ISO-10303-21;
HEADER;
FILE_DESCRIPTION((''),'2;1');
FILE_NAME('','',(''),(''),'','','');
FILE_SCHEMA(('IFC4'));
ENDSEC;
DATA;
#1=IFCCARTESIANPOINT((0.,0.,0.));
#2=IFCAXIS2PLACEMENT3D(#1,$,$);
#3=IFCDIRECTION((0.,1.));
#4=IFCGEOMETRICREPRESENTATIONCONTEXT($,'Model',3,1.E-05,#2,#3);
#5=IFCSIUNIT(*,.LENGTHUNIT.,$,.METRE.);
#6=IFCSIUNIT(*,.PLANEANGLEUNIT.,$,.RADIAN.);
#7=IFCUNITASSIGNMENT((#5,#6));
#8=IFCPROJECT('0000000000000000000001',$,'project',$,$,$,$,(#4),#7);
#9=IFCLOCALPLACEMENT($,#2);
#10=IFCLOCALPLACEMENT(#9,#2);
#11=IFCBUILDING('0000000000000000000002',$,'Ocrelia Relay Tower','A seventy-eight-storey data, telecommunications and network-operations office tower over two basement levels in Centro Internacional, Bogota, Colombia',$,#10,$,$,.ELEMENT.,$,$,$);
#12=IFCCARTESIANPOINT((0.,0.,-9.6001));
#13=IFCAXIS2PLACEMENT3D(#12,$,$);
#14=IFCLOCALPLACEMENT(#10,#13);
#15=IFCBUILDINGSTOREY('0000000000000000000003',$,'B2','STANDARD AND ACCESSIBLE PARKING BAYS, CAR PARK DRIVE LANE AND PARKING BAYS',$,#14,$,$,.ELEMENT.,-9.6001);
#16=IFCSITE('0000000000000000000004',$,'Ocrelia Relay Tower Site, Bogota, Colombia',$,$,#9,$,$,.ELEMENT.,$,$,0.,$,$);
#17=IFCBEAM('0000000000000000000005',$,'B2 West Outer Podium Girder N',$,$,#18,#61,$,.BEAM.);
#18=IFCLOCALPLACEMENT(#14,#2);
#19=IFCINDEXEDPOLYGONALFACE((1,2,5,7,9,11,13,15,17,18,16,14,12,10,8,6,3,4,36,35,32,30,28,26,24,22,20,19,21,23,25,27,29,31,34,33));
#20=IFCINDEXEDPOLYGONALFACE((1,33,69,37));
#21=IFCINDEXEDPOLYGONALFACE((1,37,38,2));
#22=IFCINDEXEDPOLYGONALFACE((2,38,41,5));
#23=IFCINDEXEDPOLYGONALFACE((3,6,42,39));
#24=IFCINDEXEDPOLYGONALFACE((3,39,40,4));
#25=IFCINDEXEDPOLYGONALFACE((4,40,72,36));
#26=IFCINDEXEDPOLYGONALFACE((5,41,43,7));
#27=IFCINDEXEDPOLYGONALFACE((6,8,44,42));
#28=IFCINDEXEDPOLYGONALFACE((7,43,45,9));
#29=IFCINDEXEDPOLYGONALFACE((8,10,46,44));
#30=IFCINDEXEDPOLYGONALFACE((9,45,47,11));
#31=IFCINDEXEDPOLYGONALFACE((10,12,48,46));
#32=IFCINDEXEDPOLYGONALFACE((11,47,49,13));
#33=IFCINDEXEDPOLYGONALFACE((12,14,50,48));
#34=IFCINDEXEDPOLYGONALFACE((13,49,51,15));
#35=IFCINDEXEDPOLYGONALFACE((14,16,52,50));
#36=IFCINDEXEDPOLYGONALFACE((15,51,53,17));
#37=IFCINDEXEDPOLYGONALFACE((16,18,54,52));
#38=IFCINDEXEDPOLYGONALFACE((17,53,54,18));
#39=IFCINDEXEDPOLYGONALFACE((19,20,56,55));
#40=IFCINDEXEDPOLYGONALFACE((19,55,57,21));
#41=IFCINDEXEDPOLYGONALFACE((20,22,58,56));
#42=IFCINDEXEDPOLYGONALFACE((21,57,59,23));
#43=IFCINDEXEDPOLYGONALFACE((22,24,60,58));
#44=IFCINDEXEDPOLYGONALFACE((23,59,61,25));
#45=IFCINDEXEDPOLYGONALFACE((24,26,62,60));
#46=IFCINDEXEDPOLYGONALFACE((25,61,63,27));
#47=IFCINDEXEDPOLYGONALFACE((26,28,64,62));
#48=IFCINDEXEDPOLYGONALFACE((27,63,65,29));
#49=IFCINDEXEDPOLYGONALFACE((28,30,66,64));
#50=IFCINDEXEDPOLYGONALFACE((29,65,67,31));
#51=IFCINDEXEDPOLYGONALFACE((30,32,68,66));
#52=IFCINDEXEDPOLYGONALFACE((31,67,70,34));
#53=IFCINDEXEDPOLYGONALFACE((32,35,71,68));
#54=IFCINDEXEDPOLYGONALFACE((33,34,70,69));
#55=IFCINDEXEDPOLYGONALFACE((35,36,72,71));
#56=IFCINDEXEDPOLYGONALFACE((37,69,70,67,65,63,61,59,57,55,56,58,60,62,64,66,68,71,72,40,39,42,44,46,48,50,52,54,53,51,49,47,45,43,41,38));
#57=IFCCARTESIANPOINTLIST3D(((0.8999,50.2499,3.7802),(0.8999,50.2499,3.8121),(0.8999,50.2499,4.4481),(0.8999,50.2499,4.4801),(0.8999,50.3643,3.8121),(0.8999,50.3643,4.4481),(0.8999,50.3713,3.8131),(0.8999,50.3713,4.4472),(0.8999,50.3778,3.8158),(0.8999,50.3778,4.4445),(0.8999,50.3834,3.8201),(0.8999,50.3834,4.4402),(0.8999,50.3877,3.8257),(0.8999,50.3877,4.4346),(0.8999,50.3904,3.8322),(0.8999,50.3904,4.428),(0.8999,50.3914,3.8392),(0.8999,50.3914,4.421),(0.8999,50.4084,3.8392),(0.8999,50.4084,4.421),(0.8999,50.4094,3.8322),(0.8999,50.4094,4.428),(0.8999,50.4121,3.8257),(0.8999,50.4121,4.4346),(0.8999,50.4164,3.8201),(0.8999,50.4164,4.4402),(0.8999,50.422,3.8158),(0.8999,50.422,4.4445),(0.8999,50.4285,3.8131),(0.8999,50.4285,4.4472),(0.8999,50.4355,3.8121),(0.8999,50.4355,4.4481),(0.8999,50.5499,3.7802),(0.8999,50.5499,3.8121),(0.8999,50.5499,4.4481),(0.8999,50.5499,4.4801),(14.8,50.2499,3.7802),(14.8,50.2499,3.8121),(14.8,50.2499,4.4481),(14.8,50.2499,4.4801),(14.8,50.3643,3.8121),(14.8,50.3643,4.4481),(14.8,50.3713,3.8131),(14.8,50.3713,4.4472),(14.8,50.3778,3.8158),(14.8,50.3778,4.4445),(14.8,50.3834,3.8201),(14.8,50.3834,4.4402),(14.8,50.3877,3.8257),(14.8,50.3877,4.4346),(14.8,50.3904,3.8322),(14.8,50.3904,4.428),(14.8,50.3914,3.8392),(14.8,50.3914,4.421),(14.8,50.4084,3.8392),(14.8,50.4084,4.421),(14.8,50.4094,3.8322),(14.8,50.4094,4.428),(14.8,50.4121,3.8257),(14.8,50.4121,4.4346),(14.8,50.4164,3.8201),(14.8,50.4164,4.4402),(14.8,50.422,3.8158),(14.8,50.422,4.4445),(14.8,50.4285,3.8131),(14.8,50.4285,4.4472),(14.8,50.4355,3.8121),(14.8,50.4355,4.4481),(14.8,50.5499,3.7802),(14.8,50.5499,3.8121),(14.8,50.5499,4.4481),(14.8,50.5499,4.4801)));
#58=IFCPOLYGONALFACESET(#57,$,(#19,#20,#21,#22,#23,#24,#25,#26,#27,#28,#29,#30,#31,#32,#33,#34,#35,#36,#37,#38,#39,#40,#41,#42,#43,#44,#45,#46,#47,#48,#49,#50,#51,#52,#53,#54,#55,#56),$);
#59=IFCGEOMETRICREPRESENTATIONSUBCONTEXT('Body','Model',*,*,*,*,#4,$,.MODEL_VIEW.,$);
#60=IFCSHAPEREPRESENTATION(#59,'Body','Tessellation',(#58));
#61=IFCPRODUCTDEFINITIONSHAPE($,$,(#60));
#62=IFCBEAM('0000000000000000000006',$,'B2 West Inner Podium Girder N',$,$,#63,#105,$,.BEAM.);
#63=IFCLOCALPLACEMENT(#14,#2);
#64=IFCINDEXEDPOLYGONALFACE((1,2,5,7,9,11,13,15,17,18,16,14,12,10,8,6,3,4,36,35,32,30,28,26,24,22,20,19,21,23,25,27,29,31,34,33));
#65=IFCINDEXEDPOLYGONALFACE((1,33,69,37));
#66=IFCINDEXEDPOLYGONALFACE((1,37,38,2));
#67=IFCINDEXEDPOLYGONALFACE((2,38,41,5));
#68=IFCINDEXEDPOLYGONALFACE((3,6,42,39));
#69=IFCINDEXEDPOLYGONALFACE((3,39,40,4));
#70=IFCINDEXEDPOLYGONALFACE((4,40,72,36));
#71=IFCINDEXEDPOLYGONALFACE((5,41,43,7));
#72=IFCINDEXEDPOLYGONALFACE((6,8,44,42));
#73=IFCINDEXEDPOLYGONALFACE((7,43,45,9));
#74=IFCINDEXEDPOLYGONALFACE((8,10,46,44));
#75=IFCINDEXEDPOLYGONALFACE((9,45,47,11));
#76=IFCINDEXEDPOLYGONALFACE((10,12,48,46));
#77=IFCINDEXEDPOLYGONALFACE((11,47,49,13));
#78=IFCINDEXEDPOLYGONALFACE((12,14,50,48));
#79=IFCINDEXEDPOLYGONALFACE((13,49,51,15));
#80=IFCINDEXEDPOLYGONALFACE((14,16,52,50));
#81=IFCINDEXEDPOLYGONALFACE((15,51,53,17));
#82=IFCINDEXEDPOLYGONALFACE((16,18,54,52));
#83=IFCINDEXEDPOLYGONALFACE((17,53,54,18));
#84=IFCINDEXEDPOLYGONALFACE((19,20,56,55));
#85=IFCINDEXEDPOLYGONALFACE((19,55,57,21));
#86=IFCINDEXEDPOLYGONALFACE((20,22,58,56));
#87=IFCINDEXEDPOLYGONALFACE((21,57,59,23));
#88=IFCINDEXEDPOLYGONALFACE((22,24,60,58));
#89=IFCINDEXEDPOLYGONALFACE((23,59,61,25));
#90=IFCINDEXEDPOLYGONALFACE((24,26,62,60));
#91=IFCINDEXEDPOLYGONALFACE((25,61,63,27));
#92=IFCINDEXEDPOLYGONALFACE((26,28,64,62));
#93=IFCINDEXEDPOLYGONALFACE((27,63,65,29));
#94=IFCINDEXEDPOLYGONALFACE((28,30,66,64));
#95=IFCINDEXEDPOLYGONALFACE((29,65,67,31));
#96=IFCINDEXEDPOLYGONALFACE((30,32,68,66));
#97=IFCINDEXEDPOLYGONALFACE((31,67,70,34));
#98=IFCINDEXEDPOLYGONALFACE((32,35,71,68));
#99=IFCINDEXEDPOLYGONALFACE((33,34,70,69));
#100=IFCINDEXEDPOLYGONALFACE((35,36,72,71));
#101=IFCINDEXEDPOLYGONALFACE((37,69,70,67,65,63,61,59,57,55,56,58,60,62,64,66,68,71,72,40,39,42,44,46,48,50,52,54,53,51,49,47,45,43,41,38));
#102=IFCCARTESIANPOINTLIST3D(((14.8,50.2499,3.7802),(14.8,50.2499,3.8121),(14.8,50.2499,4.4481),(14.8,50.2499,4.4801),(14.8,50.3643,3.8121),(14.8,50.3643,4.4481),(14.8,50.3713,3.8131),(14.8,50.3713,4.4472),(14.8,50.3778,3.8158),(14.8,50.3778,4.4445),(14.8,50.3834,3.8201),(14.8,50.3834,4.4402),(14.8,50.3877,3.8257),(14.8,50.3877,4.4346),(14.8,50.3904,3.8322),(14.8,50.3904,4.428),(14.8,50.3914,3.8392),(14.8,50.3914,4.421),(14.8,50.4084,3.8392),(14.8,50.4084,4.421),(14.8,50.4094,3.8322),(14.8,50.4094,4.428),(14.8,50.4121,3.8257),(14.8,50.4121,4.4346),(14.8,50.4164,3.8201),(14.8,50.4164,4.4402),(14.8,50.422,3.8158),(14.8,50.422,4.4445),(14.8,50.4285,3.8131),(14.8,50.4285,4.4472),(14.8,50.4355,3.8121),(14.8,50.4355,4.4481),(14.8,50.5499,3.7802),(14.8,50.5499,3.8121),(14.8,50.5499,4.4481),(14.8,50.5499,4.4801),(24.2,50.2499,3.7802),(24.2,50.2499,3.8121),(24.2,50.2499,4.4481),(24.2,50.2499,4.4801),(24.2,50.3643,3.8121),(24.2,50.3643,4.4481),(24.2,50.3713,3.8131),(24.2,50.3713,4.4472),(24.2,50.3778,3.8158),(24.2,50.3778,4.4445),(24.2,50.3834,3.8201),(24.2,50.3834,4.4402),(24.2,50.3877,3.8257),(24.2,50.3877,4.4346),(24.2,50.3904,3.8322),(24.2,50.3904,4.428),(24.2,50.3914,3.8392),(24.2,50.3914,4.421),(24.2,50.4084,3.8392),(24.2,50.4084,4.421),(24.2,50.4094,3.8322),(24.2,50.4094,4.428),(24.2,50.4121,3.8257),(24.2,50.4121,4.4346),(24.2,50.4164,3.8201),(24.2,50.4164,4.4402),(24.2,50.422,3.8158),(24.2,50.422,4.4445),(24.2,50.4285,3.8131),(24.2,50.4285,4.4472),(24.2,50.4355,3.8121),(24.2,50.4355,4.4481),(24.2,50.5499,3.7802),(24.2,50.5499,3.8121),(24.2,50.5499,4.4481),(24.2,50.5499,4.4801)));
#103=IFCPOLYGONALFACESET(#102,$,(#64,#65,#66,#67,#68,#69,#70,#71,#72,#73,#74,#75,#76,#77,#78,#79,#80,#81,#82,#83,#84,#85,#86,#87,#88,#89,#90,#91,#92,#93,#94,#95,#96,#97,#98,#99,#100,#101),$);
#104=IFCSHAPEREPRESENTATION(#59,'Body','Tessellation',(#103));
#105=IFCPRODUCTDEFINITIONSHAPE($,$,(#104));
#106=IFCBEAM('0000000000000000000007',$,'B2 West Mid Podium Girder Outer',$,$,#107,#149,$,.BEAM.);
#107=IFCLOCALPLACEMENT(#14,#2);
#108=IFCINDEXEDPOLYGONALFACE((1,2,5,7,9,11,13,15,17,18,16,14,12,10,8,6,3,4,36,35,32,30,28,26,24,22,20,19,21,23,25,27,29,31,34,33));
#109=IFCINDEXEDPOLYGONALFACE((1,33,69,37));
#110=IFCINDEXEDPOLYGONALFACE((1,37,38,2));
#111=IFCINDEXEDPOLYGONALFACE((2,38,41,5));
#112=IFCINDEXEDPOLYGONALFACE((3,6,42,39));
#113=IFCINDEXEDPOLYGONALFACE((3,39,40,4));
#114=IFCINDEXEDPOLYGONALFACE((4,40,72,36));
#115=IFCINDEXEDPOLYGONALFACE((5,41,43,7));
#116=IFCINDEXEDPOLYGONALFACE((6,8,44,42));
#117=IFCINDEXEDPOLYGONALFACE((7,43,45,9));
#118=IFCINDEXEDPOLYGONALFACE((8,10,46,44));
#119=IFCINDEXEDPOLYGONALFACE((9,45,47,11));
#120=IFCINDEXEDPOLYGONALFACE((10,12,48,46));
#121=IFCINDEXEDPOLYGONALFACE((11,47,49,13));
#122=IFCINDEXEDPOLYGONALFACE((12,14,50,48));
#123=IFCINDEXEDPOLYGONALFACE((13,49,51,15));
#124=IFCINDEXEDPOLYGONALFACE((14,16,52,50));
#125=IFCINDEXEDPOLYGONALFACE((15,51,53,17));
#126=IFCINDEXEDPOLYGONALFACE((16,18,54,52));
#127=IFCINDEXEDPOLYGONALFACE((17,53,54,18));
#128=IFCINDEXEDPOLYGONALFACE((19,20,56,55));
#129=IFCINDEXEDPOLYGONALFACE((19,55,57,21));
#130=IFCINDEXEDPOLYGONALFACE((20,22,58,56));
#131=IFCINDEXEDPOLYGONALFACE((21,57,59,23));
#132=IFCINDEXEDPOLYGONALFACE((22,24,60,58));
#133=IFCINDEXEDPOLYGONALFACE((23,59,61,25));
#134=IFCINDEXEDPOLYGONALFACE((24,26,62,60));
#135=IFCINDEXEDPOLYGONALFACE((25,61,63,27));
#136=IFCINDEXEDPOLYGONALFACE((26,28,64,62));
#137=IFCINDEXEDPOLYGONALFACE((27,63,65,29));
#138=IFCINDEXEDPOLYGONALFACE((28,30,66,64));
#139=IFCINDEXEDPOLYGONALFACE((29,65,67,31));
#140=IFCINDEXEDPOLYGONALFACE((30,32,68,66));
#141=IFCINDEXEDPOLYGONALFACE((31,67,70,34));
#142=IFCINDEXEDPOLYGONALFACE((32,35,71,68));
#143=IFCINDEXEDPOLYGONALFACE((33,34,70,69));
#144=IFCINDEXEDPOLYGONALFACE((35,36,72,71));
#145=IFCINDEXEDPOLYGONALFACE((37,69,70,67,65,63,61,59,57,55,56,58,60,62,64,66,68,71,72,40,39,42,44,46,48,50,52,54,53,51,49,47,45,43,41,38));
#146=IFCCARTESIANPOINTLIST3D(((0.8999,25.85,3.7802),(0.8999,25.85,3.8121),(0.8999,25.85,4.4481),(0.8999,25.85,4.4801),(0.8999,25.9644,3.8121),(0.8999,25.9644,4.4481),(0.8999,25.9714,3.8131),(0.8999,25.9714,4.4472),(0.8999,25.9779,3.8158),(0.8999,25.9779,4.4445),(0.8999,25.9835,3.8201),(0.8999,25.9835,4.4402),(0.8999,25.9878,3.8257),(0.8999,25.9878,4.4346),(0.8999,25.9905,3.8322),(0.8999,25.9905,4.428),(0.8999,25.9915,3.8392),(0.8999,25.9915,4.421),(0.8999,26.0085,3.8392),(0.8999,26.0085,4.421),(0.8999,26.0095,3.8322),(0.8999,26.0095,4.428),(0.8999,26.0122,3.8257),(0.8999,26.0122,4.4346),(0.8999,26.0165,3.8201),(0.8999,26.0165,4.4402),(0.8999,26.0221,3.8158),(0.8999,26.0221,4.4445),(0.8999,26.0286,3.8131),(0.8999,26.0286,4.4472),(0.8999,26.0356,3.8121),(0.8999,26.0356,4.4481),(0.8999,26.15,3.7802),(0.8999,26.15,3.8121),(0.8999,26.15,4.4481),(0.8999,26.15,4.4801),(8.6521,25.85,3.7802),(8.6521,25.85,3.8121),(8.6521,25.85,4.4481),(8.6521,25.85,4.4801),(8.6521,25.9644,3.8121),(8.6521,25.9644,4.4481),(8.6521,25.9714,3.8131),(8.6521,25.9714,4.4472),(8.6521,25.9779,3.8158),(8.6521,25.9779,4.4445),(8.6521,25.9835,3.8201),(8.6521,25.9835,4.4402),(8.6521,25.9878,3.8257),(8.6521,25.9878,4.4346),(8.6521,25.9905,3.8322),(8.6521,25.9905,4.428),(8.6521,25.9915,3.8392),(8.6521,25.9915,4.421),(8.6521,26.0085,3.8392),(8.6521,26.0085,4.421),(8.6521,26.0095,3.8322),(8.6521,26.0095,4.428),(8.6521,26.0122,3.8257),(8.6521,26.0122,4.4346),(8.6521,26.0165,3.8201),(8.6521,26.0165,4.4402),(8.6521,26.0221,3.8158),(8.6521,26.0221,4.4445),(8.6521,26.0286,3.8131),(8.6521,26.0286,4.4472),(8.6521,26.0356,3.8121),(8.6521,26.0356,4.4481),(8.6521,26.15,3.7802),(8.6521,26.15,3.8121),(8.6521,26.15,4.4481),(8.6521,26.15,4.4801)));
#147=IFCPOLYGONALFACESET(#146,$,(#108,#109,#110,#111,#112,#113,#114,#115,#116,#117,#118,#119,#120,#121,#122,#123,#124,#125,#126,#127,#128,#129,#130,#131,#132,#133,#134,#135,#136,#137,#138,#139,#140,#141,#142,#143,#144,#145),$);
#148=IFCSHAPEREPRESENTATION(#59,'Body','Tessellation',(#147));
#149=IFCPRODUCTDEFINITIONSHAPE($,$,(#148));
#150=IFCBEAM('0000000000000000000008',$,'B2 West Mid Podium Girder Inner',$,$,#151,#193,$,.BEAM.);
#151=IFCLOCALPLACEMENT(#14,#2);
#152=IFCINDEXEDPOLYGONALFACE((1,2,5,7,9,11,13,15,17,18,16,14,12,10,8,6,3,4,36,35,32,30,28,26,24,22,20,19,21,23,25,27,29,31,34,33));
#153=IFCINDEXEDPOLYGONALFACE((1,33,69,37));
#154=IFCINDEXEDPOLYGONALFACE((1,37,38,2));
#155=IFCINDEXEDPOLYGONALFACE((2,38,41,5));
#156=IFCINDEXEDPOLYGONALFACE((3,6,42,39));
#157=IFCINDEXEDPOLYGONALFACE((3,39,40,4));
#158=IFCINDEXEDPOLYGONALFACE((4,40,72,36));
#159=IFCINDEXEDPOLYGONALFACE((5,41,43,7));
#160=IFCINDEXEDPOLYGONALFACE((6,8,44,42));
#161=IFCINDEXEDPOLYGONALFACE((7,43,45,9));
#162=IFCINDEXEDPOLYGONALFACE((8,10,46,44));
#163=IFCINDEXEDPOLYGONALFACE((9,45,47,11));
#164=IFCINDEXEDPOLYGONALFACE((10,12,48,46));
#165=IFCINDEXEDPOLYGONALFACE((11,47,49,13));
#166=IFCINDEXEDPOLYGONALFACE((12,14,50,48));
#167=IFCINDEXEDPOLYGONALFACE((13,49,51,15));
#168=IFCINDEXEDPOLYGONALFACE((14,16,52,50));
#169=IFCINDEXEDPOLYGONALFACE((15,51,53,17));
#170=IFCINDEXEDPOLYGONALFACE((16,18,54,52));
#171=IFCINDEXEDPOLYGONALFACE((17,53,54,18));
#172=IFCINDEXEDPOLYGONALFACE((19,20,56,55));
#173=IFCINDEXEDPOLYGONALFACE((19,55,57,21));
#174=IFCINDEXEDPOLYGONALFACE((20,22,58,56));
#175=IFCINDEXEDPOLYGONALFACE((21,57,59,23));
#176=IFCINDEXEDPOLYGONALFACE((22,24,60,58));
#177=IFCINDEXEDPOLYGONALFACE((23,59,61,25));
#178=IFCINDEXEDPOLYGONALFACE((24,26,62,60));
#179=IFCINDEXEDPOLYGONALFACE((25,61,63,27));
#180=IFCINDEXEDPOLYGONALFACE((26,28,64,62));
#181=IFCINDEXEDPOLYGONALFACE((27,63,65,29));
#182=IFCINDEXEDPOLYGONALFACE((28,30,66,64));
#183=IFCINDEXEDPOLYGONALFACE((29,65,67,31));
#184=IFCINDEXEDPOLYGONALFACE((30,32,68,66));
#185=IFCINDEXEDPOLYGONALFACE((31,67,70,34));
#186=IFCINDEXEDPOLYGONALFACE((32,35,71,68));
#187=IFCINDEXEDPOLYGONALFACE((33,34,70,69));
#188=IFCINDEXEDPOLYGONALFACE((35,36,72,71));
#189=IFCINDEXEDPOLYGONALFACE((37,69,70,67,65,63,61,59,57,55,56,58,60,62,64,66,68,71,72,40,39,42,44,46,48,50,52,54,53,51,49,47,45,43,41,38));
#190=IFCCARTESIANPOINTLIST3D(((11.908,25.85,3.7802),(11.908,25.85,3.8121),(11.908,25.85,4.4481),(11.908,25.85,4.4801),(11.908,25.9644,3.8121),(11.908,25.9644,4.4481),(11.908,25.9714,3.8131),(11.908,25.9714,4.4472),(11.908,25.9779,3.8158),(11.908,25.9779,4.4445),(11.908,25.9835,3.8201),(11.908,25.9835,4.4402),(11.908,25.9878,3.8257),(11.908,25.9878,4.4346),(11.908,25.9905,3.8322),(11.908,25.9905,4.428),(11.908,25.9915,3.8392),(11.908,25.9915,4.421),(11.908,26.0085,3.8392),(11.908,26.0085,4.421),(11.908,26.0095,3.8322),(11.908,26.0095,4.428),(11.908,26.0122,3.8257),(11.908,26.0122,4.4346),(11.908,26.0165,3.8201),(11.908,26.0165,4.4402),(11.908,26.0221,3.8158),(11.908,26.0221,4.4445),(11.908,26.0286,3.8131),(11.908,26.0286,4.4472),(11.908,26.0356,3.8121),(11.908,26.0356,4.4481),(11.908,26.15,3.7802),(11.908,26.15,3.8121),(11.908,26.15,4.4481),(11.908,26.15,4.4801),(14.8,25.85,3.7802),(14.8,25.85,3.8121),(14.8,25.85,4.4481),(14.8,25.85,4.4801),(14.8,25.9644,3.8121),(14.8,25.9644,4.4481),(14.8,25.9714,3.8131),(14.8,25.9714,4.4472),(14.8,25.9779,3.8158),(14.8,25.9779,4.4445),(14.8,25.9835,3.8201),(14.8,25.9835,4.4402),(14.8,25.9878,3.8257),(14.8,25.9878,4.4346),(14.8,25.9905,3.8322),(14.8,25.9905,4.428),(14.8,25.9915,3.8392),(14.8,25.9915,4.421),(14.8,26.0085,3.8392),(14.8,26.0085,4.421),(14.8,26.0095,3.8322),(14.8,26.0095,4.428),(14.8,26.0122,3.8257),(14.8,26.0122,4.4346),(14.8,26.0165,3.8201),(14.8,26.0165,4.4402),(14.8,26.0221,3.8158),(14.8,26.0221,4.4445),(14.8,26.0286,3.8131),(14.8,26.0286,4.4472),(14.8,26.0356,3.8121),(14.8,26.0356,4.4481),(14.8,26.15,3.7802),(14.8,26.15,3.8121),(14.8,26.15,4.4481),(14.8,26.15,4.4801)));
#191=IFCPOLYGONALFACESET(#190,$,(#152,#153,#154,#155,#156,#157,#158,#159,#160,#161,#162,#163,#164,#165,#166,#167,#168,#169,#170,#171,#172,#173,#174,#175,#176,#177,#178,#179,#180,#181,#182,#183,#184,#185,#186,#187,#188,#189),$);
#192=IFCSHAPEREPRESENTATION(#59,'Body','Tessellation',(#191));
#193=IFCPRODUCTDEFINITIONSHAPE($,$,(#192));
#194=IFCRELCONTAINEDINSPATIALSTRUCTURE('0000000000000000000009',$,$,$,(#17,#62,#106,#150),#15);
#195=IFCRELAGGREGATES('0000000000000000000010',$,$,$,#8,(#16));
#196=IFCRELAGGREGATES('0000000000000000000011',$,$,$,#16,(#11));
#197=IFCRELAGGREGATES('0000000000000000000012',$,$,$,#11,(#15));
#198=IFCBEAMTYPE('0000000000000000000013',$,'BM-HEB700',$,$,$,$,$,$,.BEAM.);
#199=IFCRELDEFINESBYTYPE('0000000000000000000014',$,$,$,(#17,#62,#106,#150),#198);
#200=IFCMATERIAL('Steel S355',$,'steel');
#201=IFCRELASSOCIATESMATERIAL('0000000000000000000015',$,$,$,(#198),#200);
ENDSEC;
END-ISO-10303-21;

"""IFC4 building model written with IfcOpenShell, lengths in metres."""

from ifc_helpers import new_model, si_unit, direction, frame, origin, origin_2d, place, context, subcontext, project, spatial, i_section, extrude, material, material_profile, profile_set, type_object, element, save


model = new_model("IFC4")

# Units and contexts
model_context = context("Model", 3, precision=1e-05, world=origin(), true_north=direction((0.0, 1.0)))
body_context = subcontext(model_context, "Body", "Model", "MODEL_VIEW")
ifc_project = project(units=[si_unit("LENGTHUNIT", "METRE"), si_unit("PLANEANGLEUNIT", "RADIAN")], contexts=[model_context])

# Site, building, storey
site_placement = place(None, origin())
site = spatial("IfcSite", under=ifc_project, at=site_placement, Name="Ocrelia Relay Tower Site, Bogota, Colombia", CompositionType="ELEMENT", RefElevation=0.0)
building_placement = place(site_placement, origin())
building = spatial("IfcBuilding", under=site, at=building_placement, Name="Ocrelia Relay Tower", Description="A seventy-eight-storey data, telecommunications and network-operations office tower over two basement levels in Centro Internacional, Bogota, Colombia", CompositionType="ELEMENT")
storey_placement = place(building_placement, frame((0.0, 0.0, -9.6001)))
storey = spatial("IfcBuildingStorey", under=building, at=storey_placement, Name="B2", Description="STANDARD AND ACCESSIBLE PARKING BAYS, CAR PARK DRIVE LANE AND PARKING BAYS", CompositionType="ELEMENT", Elevation=-9.6001)

# Beams
ifc_material_1 = material(Name="Steel S355", Category="steel")
ifc_material_profile_1 = material_profile(ifc_material_1, i_section(OverallWidth=0.3, OverallDepth=0.7, WebThickness=0.0171, FlangeThickness=0.032, FilletRadius=0.0271, at=origin_2d()), Name="HEB 700")
ifc_profile_set_1 = profile_set([ifc_material_profile_1], Name="Steel S355")
beam_type_1 = type_object("IfcBeamType", Name="BM-HEB700", PredefinedType="BEAM", material=ifc_profile_set_1)
beam_1_placement = place(storey_placement, frame((0.8999, 50.3999, 4.1301), z_axis=(1.0, 0.0, 0.0), x_axis=(0.0, 1.0, 0.0)))
element("IfcBeam", 1, at=beam_1_placement, inside=storey, type_object=beam_type_1, Name="B2 West Outer Podium Girder N", PredefinedType="BEAM", context=body_context, shape_type="SweptSolid", body=[
    extrude(i_section(OverallWidth=0.3, OverallDepth=0.7, WebThickness=0.0171, FlangeThickness=0.032, FilletRadius=0.0271, at=origin_2d()), origin(), (0.0, 0.0, 1.0), 13.9001),
])
beam_2_placement = place(storey_placement, frame((14.8, 50.3999, 4.1301), z_axis=(1.0, 0.0, 0.0), x_axis=(0.0, 1.0, 0.0)))
element("IfcBeam", 2, at=beam_2_placement, inside=storey, type_object=beam_type_1, Name="B2 West Inner Podium Girder N", PredefinedType="BEAM", context=body_context, shape_type="SweptSolid", body=[
    extrude(i_section(OverallWidth=0.3, OverallDepth=0.7, WebThickness=0.0171, FlangeThickness=0.032, FilletRadius=0.0271, at=origin_2d()), origin(), (0.0, 0.0, 1.0), 9.3999),
])
beam_3_placement = place(storey_placement, frame((0.8999, 26.0, 4.1301), z_axis=(1.0, 0.0, 0.0), x_axis=(0.0, 1.0, 0.0)))
element("IfcBeam", 3, at=beam_3_placement, inside=storey, type_object=beam_type_1, Name="B2 West Mid Podium Girder Outer", PredefinedType="BEAM", context=body_context, shape_type="SweptSolid", body=[
    extrude(i_section(OverallWidth=0.3, OverallDepth=0.7, WebThickness=0.0171, FlangeThickness=0.032, FilletRadius=0.0271, at=origin_2d()), origin(), (0.0, 0.0, 1.0), 7.7522),
])
beam_4_placement = place(storey_placement, frame((11.908, 26.0, 4.1301), z_axis=(1.0, 0.0, 0.0), x_axis=(0.0, 1.0, 0.0)))
element("IfcBeam", 4, at=beam_4_placement, inside=storey, type_object=beam_type_1, Name="B2 West Mid Podium Girder Inner", PredefinedType="BEAM", context=body_context, shape_type="SweptSolid", body=[
    extrude(i_section(OverallWidth=0.3, OverallDepth=0.7, WebThickness=0.0171, FlangeThickness=0.032, FilletRadius=0.0271, at=origin_2d()), origin(), (0.0, 0.0, 1.0), 2.8921),
])

save(model, "model.ifc")
